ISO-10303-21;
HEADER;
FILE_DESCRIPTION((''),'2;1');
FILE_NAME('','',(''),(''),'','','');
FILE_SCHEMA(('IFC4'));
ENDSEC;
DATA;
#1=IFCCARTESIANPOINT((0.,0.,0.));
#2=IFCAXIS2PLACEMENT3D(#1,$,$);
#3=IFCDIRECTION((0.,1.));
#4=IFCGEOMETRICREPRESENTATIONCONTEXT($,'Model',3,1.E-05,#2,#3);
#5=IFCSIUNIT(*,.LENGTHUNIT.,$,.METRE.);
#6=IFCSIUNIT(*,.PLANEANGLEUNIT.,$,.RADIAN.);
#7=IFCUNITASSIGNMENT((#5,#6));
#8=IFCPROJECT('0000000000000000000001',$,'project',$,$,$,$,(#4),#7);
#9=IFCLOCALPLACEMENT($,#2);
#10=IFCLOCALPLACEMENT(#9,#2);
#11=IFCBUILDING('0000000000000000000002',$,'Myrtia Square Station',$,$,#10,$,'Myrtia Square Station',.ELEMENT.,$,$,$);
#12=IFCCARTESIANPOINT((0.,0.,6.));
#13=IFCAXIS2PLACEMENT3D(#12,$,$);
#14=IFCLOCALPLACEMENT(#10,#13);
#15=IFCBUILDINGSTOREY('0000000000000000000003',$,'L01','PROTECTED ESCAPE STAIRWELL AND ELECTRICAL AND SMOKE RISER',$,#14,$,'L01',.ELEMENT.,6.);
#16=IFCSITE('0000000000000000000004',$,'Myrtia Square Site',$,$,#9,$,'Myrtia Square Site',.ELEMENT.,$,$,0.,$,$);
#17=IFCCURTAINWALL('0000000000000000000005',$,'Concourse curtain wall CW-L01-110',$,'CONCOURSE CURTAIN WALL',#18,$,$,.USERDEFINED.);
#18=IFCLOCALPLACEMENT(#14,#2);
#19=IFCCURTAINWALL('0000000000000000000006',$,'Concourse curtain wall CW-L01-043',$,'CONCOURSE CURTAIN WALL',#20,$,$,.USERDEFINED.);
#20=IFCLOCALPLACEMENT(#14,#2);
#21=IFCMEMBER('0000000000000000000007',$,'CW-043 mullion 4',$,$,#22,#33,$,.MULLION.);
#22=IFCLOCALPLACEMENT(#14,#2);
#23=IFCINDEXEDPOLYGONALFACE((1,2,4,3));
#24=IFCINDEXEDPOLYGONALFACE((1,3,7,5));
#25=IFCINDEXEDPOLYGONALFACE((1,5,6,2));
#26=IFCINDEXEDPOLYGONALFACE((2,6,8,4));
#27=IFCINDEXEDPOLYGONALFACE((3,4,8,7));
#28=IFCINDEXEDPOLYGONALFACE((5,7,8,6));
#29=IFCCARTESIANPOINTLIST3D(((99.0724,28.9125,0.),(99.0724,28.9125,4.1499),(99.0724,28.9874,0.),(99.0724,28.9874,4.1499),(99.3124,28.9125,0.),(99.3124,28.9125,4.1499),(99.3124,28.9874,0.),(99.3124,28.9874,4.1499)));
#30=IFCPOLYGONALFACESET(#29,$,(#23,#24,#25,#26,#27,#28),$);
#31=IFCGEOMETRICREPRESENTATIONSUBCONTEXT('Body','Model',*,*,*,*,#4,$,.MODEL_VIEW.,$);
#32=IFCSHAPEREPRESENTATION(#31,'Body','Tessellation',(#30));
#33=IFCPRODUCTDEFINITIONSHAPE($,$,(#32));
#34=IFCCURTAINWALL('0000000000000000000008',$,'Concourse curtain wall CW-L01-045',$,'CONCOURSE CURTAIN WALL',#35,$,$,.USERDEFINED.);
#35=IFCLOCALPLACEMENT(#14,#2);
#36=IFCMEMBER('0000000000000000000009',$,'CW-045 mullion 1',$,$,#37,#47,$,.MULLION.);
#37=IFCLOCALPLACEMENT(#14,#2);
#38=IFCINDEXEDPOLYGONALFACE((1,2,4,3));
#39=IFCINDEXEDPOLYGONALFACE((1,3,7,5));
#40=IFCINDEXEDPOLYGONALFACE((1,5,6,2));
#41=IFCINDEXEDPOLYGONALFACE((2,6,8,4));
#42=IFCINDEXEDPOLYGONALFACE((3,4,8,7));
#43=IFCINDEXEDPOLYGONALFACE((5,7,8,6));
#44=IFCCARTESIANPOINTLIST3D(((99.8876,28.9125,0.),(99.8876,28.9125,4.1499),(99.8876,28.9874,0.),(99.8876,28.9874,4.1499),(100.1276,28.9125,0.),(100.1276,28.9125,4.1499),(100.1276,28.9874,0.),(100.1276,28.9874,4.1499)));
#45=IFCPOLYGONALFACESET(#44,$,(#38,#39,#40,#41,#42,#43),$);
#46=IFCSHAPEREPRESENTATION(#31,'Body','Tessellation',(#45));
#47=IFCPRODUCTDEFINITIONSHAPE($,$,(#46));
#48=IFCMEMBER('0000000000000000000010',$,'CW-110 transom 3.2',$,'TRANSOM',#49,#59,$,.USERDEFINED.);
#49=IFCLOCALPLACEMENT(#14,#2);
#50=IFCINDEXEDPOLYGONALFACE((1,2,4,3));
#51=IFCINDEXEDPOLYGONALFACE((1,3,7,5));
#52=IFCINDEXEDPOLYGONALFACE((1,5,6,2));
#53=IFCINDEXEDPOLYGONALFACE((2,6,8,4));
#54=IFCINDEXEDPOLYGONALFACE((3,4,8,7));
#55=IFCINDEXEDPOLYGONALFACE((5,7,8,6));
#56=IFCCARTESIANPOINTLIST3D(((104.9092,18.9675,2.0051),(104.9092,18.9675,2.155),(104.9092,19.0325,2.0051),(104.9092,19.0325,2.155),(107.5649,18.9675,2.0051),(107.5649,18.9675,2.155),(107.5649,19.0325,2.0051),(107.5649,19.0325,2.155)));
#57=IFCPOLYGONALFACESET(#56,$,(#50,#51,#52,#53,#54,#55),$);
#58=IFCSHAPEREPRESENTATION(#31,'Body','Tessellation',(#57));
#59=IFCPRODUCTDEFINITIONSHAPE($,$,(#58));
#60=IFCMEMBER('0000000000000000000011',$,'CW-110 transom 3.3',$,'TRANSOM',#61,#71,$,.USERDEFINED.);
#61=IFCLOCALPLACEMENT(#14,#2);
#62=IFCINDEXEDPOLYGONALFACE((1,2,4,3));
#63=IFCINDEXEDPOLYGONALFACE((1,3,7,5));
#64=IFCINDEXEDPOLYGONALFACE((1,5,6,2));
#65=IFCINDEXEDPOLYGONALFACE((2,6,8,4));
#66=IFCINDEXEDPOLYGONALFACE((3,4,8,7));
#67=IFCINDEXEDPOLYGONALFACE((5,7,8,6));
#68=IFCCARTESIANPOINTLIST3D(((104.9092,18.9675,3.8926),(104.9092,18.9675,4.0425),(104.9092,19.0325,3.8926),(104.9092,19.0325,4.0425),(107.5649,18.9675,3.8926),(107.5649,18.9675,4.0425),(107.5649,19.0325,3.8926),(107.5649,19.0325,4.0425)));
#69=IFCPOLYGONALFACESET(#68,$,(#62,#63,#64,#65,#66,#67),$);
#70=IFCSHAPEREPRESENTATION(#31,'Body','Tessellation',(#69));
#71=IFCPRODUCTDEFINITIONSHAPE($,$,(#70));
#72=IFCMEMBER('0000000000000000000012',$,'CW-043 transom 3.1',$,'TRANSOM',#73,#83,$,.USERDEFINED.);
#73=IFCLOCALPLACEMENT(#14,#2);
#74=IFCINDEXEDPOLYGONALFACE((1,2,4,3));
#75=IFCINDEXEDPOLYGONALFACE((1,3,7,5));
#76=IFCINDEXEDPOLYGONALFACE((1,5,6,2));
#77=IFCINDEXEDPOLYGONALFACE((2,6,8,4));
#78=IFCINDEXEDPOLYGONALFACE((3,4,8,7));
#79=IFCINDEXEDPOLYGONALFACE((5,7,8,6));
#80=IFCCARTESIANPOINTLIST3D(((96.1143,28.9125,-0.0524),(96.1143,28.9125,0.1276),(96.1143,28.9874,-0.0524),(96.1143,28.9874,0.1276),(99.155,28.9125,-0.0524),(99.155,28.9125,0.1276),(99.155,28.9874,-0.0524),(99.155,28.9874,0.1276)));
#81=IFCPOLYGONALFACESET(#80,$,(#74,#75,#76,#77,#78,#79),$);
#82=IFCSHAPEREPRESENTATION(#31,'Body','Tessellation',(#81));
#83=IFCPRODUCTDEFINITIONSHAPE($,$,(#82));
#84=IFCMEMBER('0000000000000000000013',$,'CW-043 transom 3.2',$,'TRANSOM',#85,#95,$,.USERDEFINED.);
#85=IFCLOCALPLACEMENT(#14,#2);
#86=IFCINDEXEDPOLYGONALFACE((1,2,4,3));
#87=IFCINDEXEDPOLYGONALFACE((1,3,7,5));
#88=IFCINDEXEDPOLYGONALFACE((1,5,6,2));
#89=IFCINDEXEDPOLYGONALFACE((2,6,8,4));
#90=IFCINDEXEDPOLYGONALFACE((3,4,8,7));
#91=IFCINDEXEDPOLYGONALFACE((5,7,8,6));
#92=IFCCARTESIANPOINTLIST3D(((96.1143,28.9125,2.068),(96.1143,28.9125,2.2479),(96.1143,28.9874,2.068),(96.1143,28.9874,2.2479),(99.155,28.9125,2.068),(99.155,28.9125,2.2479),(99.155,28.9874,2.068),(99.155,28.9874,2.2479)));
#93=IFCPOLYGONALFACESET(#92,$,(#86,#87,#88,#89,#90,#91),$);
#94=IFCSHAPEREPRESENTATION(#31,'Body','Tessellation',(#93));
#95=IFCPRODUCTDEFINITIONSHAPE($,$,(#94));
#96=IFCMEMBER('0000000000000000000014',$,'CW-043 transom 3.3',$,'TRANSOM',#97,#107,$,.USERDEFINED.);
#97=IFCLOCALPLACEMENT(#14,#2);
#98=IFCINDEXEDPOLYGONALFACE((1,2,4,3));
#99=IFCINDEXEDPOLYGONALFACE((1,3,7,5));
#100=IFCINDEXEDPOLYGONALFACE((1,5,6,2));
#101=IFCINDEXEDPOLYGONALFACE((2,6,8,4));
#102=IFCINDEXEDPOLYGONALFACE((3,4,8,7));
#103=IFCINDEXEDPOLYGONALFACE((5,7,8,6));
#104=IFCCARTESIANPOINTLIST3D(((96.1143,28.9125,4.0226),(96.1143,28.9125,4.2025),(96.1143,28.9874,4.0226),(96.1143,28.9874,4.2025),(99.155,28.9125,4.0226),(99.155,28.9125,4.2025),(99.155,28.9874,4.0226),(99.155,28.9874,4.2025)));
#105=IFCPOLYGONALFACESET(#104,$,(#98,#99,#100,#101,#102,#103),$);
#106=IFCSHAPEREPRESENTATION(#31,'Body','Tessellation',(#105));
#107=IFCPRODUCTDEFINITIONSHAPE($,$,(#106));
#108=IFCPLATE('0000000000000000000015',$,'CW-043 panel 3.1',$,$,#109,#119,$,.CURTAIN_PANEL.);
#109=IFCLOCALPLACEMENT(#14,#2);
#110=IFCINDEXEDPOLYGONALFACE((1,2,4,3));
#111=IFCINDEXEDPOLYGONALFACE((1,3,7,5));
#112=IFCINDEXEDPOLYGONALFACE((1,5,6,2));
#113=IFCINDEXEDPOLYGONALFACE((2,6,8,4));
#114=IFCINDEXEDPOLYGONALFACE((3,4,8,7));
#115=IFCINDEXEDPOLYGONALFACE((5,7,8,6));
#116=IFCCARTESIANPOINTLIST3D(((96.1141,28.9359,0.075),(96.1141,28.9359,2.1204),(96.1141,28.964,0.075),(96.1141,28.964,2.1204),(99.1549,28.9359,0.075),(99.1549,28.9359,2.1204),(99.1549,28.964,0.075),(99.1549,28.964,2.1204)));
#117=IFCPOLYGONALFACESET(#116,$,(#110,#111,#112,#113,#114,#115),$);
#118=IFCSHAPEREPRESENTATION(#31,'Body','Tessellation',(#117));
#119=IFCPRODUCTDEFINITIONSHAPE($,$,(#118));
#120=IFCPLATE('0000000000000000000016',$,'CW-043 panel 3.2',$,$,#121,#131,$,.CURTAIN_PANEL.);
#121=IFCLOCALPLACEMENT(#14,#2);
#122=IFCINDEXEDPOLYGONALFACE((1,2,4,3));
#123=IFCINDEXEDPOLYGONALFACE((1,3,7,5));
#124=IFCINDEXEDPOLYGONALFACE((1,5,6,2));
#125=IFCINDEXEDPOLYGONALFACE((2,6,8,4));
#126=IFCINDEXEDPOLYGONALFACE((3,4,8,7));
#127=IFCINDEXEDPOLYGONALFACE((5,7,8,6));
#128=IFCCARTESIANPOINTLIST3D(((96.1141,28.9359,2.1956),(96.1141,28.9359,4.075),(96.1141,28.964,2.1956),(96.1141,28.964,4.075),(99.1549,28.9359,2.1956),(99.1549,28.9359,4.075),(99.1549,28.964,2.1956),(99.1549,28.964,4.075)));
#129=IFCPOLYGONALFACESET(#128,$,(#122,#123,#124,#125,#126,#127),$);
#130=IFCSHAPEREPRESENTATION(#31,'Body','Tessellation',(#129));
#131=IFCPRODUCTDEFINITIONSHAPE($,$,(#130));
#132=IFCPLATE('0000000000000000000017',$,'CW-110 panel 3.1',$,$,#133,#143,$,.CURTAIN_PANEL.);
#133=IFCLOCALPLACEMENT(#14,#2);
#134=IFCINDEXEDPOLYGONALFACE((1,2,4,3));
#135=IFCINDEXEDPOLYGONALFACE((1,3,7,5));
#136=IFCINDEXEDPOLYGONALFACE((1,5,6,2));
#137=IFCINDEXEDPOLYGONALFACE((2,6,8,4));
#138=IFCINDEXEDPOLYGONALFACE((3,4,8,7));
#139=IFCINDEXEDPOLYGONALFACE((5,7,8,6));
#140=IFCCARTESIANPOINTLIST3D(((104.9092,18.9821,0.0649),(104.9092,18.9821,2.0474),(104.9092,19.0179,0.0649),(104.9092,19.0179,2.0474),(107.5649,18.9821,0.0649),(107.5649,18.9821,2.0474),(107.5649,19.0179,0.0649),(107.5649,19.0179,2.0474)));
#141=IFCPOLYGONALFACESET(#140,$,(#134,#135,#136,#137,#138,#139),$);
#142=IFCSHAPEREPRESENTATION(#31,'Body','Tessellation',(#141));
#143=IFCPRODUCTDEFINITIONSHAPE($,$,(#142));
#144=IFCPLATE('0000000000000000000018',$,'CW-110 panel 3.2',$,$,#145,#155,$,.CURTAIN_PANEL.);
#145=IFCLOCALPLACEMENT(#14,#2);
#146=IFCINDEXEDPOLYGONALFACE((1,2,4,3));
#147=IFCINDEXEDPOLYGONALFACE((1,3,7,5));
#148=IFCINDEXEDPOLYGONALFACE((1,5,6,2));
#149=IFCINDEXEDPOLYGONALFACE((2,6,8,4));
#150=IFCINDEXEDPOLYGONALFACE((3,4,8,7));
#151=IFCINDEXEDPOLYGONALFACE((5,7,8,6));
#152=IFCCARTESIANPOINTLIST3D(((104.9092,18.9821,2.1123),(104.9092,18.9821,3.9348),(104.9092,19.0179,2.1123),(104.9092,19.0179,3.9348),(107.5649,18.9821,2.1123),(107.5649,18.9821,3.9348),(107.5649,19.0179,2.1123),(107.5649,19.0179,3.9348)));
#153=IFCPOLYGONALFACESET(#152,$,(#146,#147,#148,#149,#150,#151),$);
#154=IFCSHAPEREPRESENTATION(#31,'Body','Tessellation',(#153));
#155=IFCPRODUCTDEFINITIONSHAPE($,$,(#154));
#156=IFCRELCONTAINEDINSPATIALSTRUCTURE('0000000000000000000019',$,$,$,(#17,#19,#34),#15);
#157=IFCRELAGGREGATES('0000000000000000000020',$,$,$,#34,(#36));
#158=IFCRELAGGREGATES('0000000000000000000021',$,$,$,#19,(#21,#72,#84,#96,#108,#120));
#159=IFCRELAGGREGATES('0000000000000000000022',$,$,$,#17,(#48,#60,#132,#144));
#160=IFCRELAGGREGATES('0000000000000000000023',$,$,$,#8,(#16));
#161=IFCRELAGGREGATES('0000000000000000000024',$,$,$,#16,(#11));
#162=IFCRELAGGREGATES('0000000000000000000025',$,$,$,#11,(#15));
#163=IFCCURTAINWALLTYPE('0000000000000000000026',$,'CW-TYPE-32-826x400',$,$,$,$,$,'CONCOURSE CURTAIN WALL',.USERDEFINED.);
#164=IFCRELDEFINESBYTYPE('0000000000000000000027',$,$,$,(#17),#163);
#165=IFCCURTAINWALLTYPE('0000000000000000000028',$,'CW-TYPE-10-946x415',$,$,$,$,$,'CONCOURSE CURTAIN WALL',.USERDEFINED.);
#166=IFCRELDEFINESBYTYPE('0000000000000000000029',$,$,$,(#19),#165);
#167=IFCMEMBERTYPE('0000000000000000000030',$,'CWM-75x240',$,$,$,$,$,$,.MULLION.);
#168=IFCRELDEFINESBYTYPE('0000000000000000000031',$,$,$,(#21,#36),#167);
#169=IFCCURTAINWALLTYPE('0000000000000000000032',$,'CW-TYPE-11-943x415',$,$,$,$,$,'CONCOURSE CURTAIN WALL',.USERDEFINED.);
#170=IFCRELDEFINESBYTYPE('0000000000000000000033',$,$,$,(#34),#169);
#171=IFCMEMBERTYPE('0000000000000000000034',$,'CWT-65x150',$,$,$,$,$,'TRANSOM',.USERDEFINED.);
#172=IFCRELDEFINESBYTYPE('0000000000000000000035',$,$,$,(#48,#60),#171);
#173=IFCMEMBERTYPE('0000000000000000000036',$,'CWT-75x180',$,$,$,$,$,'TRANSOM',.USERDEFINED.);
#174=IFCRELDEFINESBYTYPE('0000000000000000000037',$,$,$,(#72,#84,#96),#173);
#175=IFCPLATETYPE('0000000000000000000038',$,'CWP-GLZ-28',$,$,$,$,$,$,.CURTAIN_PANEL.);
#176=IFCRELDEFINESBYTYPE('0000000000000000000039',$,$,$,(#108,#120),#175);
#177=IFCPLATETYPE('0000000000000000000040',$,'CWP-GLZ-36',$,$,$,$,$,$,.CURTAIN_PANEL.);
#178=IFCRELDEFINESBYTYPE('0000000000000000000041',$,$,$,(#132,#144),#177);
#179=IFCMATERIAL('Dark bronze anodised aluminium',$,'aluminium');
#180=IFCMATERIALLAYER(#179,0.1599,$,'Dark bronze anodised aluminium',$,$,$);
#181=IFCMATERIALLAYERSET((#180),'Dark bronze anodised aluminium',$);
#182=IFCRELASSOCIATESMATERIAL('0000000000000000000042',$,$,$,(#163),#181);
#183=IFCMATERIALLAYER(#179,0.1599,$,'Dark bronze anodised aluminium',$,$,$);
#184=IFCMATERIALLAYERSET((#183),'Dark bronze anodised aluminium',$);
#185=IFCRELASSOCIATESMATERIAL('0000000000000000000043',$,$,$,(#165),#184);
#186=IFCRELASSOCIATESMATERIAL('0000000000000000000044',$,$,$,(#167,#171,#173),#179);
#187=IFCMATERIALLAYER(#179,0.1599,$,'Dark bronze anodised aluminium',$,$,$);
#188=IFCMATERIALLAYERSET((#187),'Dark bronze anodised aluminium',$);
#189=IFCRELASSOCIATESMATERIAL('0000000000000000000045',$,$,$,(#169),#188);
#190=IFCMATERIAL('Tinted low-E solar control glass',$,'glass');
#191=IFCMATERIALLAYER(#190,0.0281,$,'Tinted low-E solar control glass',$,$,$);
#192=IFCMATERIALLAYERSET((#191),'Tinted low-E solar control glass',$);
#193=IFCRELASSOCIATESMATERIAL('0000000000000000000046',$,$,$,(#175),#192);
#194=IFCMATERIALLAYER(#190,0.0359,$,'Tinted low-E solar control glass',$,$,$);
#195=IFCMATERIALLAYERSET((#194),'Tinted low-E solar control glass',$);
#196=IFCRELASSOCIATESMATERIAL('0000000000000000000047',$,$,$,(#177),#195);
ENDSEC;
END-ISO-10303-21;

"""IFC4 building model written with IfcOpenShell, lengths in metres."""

from ifc_helpers import new_model, si_unit, direction, frame, origin, origin_2d, place, context, subcontext, project, spatial, rectangle, extrude, material, layer, layer_set, material_profile, profile_set, type_object, element, aggregate, save


model = new_model("IFC4")

# Units and contexts
model_context = context("Model", 3, precision=1e-05, world=origin(), true_north=direction((0.0, 1.0)))
body_context = subcontext(model_context, "Body", "Model", "MODEL_VIEW")
ifc_project = project(units=[si_unit("LENGTHUNIT", "METRE"), si_unit("PLANEANGLEUNIT", "RADIAN")], contexts=[model_context])

# Site, building, storey
site_placement = place(None, origin())
site = spatial("IfcSite", under=ifc_project, at=site_placement, Name="Myrtia Square Site", LongName="Myrtia Square Site", CompositionType="ELEMENT", RefElevation=0.0)
building_placement = place(site_placement, origin())
building = spatial("IfcBuilding", under=site, at=building_placement, Name="Myrtia Square Station", LongName="Myrtia Square Station", CompositionType="ELEMENT")
storey_placement = place(building_placement, frame((0.0, 0.0, 6.0)))
storey = spatial("IfcBuildingStorey", under=building, at=storey_placement, Name="L01", Description="PROTECTED ESCAPE STAIRWELL AND ELECTRICAL AND SMOKE RISER", LongName="L01", CompositionType="ELEMENT", Elevation=6.0)

# Curtain wall
ifc_material_1 = material(Name="Dark bronze anodised aluminium", Category="aluminium")
ifc_layer_1 = layer(ifc_material_1, 0.1599, Name="Dark bronze anodised aluminium")
ifc_layer_set_1 = layer_set([ifc_layer_1], Name="Dark bronze anodised aluminium")
curtain_wall_type_1 = type_object("IfcCurtainWallType", Name="CW-TYPE-32-826x400", ElementType="CONCOURSE CURTAIN WALL", PredefinedType="USERDEFINED", material=ifc_layer_set_1)
curtain_wall_1_placement = place(storey_placement, origin())
curtain_wall_1 = element("IfcCurtainWall", 1, at=curtain_wall_1_placement, inside=storey, type_object=curtain_wall_type_1, Name="Concourse curtain wall CW-L01-110", ObjectType="CONCOURSE CURTAIN WALL", PredefinedType="USERDEFINED")

# Curtain wall, member
ifc_layer_2 = layer(ifc_material_1, 0.1599, Name="Dark bronze anodised aluminium")
ifc_layer_set_2 = layer_set([ifc_layer_2], Name="Dark bronze anodised aluminium")
curtain_wall_type_2 = type_object("IfcCurtainWallType", Name="CW-TYPE-10-946x415", ElementType="CONCOURSE CURTAIN WALL", PredefinedType="USERDEFINED", material=ifc_layer_set_2)
curtain_wall_2_placement = place(storey_placement, origin())
curtain_wall_2 = element("IfcCurtainWall", 2, at=curtain_wall_2_placement, inside=storey, type_object=curtain_wall_type_2, Name="Concourse curtain wall CW-L01-043", ObjectType="CONCOURSE CURTAIN WALL", PredefinedType="USERDEFINED")
ifc_material_profile_1 = material_profile(ifc_material_1, rectangle(XDim=0.075, YDim=0.24, at=origin_2d()), Name="ALU-M 75x240")
ifc_profile_set_1 = profile_set([ifc_material_profile_1], Name="Dark bronze anodised aluminium")
member_type_1 = type_object("IfcMemberType", Name="CWM-75x240", PredefinedType="MULLION", material=ifc_profile_set_1)
member_1_placement = place(storey_placement, frame((99.1924, 28.95, 0.0), z_axis=(0.0, 0.0, 1.0), x_axis=(0.0, 1.0, 0.0)))
member_1 = element("IfcMember", 3, at=member_1_placement, type_object=member_type_1, Name="CW-043 mullion 4", PredefinedType="MULLION", context=body_context, shape_type="SweptSolid", body=[
    extrude(rectangle(XDim=0.075, YDim=0.24, at=origin_2d()), origin(), (0.0, 0.0, 1.0), 4.1499),
])

# Curtain wall, member
ifc_layer_3 = layer(ifc_material_1, 0.1599, Name="Dark bronze anodised aluminium")
ifc_layer_set_3 = layer_set([ifc_layer_3], Name="Dark bronze anodised aluminium")
curtain_wall_type_3 = type_object("IfcCurtainWallType", Name="CW-TYPE-11-943x415", ElementType="CONCOURSE CURTAIN WALL", PredefinedType="USERDEFINED", material=ifc_layer_set_3)
curtain_wall_3_placement = place(storey_placement, origin())
curtain_wall_3 = element("IfcCurtainWall", 4, at=curtain_wall_3_placement, inside=storey, type_object=curtain_wall_type_3, Name="Concourse curtain wall CW-L01-045", ObjectType="CONCOURSE CURTAIN WALL", PredefinedType="USERDEFINED")
member_2_placement = place(storey_placement, frame((100.0076, 28.95, 0.0), z_axis=(0.0, 0.0, 1.0), x_axis=(0.0, 1.0, 0.0)))
member_2 = element("IfcMember", 5, at=member_2_placement, type_object=member_type_1, Name="CW-045 mullion 1", PredefinedType="MULLION", context=body_context, shape_type="SweptSolid", body=[
    extrude(rectangle(XDim=0.075, YDim=0.24, at=origin_2d()), origin(), (0.0, 0.0, 1.0), 4.1499),
])
aggregate(curtain_wall_3, [member_2])

# Members
ifc_material_profile_2 = material_profile(ifc_material_1, rectangle(XDim=0.0649, YDim=0.1499, at=origin_2d()), Name="ALU-T 65x150")
ifc_profile_set_2 = profile_set([ifc_material_profile_2], Name="Dark bronze anodised aluminium")
member_type_2 = type_object("IfcMemberType", Name="CWT-65x150", ElementType="TRANSOM", PredefinedType="USERDEFINED", material=ifc_profile_set_2)
member_3_placement = place(storey_placement, frame((104.9092, 19.0, 2.0801), z_axis=(1.0, 0.0, 0.0), x_axis=(0.0, 1.0, 0.0)))
member_3 = element("IfcMember", 6, at=member_3_placement, type_object=member_type_2, Name="CW-110 transom 3.2", ObjectType="TRANSOM", PredefinedType="USERDEFINED", context=body_context, shape_type="SweptSolid", body=[
    extrude(rectangle(XDim=0.0649, YDim=0.1499, at=origin_2d()), origin(), (0.0, 0.0, 1.0), 2.6558),
])
member_4_placement = place(storey_placement, frame((104.9092, 19.0, 3.9675), z_axis=(1.0, 0.0, 0.0), x_axis=(0.0, 1.0, 0.0)))
member_4 = element("IfcMember", 7, at=member_4_placement, type_object=member_type_2, Name="CW-110 transom 3.3", ObjectType="TRANSOM", PredefinedType="USERDEFINED", context=body_context, shape_type="SweptSolid", body=[
    extrude(rectangle(XDim=0.0649, YDim=0.1499, at=origin_2d()), origin(), (0.0, 0.0, 1.0), 2.6558),
])
ifc_material_profile_3 = material_profile(ifc_material_1, rectangle(XDim=0.075, YDim=0.1799, at=origin_2d()), Name="ALU-T 75x180")
ifc_profile_set_3 = profile_set([ifc_material_profile_3], Name="Dark bronze anodised aluminium")
member_type_3 = type_object("IfcMemberType", Name="CWT-75x180", ElementType="TRANSOM", PredefinedType="USERDEFINED", material=ifc_profile_set_3)
member_5_placement = place(storey_placement, frame((96.1143, 28.95, 0.0376), z_axis=(1.0, 0.0, 0.0), x_axis=(0.0, 1.0, 0.0)))
member_5 = element("IfcMember", 8, at=member_5_placement, type_object=member_type_3, Name="CW-043 transom 3.1", ObjectType="TRANSOM", PredefinedType="USERDEFINED", context=body_context, shape_type="SweptSolid", body=[
    extrude(rectangle(XDim=0.075, YDim=0.1799, at=origin_2d()), origin(), (0.0, 0.0, 1.0), 3.0408),
])
member_6_placement = place(storey_placement, frame((96.1143, 28.95, 2.158), z_axis=(1.0, 0.0, 0.0), x_axis=(0.0, 1.0, 0.0)))
member_6 = element("IfcMember", 9, at=member_6_placement, type_object=member_type_3, Name="CW-043 transom 3.2", ObjectType="TRANSOM", PredefinedType="USERDEFINED", context=body_context, shape_type="SweptSolid", body=[
    extrude(rectangle(XDim=0.075, YDim=0.1799, at=origin_2d()), origin(), (0.0, 0.0, 1.0), 3.0408),
])
member_7_placement = place(storey_placement, frame((96.1143, 28.95, 4.1125), z_axis=(1.0, 0.0, 0.0), x_axis=(0.0, 1.0, 0.0)))
member_7 = element("IfcMember", 10, at=member_7_placement, type_object=member_type_3, Name="CW-043 transom 3.3", ObjectType="TRANSOM", PredefinedType="USERDEFINED", context=body_context, shape_type="SweptSolid", body=[
    extrude(rectangle(XDim=0.075, YDim=0.1799, at=origin_2d()), origin(), (0.0, 0.0, 1.0), 3.0408),
])

# Plates
ifc_material_2 = material(Name="Tinted low-E solar control glass", Category="glass")
ifc_layer_4 = layer(ifc_material_2, 0.0281, Name="Tinted low-E solar control glass")
ifc_layer_set_4 = layer_set([ifc_layer_4], Name="Tinted low-E solar control glass")
plate_type_1 = type_object("IfcPlateType", Name="CWP-GLZ-28", PredefinedType="CURTAIN_PANEL", material=ifc_layer_set_4)
plate_1_placement = place(storey_placement, frame((97.6345, 28.95, 0.075), z_axis=(0.0, 0.0, 1.0), x_axis=(1.0, 0.0, 0.0)))
plate_1 = element("IfcPlate", 11, at=plate_1_placement, type_object=plate_type_1, Name="CW-043 panel 3.1", PredefinedType="CURTAIN_PANEL", context=body_context, shape_type="SweptSolid", body=[
    extrude(rectangle(XDim=3.0408, YDim=0.0281, at=origin_2d()), origin(), (0.0, 0.0, 1.0), 2.0454),
])
plate_2_placement = place(storey_placement, frame((97.6345, 28.95, 2.1956), z_axis=(0.0, 0.0, 1.0), x_axis=(1.0, 0.0, 0.0)))
plate_2 = element("IfcPlate", 12, at=plate_2_placement, type_object=plate_type_1, Name="CW-043 panel 3.2", PredefinedType="CURTAIN_PANEL", context=body_context, shape_type="SweptSolid", body=[
    extrude(rectangle(XDim=3.0408, YDim=0.0281, at=origin_2d()), origin(), (0.0, 0.0, 1.0), 1.8794),
])
aggregate(curtain_wall_2, [member_1, member_5, member_6, member_7, plate_1, plate_2])
ifc_layer_5 = layer(ifc_material_2, 0.0359, Name="Tinted low-E solar control glass")
ifc_layer_set_5 = layer_set([ifc_layer_5], Name="Tinted low-E solar control glass")
plate_type_2 = type_object("IfcPlateType", Name="CWP-GLZ-36", PredefinedType="CURTAIN_PANEL", material=ifc_layer_set_5)
plate_3_placement = place(storey_placement, frame((106.2371, 19.0, 0.0649), z_axis=(0.0, 0.0, 1.0), x_axis=(1.0, 0.0, 0.0)))
plate_3 = element("IfcPlate", 13, at=plate_3_placement, type_object=plate_type_2, Name="CW-110 panel 3.1", PredefinedType="CURTAIN_PANEL", context=body_context, shape_type="SweptSolid", body=[
    extrude(rectangle(XDim=2.6558, YDim=0.0359, at=origin_2d()), origin(), (0.0, 0.0, 1.0), 1.9824),
])
plate_4_placement = place(storey_placement, frame((106.2371, 19.0, 2.1123), z_axis=(0.0, 0.0, 1.0), x_axis=(1.0, 0.0, 0.0)))
plate_4 = element("IfcPlate", 14, at=plate_4_placement, type_object=plate_type_2, Name="CW-110 panel 3.2", PredefinedType="CURTAIN_PANEL", context=body_context, shape_type="SweptSolid", body=[
    extrude(rectangle(XDim=2.6558, YDim=0.0359, at=origin_2d()), origin(), (0.0, 0.0, 1.0), 1.8225),
])
aggregate(curtain_wall_1, [member_3, member_4, plate_3, plate_4])

save(model, "model.ifc")
